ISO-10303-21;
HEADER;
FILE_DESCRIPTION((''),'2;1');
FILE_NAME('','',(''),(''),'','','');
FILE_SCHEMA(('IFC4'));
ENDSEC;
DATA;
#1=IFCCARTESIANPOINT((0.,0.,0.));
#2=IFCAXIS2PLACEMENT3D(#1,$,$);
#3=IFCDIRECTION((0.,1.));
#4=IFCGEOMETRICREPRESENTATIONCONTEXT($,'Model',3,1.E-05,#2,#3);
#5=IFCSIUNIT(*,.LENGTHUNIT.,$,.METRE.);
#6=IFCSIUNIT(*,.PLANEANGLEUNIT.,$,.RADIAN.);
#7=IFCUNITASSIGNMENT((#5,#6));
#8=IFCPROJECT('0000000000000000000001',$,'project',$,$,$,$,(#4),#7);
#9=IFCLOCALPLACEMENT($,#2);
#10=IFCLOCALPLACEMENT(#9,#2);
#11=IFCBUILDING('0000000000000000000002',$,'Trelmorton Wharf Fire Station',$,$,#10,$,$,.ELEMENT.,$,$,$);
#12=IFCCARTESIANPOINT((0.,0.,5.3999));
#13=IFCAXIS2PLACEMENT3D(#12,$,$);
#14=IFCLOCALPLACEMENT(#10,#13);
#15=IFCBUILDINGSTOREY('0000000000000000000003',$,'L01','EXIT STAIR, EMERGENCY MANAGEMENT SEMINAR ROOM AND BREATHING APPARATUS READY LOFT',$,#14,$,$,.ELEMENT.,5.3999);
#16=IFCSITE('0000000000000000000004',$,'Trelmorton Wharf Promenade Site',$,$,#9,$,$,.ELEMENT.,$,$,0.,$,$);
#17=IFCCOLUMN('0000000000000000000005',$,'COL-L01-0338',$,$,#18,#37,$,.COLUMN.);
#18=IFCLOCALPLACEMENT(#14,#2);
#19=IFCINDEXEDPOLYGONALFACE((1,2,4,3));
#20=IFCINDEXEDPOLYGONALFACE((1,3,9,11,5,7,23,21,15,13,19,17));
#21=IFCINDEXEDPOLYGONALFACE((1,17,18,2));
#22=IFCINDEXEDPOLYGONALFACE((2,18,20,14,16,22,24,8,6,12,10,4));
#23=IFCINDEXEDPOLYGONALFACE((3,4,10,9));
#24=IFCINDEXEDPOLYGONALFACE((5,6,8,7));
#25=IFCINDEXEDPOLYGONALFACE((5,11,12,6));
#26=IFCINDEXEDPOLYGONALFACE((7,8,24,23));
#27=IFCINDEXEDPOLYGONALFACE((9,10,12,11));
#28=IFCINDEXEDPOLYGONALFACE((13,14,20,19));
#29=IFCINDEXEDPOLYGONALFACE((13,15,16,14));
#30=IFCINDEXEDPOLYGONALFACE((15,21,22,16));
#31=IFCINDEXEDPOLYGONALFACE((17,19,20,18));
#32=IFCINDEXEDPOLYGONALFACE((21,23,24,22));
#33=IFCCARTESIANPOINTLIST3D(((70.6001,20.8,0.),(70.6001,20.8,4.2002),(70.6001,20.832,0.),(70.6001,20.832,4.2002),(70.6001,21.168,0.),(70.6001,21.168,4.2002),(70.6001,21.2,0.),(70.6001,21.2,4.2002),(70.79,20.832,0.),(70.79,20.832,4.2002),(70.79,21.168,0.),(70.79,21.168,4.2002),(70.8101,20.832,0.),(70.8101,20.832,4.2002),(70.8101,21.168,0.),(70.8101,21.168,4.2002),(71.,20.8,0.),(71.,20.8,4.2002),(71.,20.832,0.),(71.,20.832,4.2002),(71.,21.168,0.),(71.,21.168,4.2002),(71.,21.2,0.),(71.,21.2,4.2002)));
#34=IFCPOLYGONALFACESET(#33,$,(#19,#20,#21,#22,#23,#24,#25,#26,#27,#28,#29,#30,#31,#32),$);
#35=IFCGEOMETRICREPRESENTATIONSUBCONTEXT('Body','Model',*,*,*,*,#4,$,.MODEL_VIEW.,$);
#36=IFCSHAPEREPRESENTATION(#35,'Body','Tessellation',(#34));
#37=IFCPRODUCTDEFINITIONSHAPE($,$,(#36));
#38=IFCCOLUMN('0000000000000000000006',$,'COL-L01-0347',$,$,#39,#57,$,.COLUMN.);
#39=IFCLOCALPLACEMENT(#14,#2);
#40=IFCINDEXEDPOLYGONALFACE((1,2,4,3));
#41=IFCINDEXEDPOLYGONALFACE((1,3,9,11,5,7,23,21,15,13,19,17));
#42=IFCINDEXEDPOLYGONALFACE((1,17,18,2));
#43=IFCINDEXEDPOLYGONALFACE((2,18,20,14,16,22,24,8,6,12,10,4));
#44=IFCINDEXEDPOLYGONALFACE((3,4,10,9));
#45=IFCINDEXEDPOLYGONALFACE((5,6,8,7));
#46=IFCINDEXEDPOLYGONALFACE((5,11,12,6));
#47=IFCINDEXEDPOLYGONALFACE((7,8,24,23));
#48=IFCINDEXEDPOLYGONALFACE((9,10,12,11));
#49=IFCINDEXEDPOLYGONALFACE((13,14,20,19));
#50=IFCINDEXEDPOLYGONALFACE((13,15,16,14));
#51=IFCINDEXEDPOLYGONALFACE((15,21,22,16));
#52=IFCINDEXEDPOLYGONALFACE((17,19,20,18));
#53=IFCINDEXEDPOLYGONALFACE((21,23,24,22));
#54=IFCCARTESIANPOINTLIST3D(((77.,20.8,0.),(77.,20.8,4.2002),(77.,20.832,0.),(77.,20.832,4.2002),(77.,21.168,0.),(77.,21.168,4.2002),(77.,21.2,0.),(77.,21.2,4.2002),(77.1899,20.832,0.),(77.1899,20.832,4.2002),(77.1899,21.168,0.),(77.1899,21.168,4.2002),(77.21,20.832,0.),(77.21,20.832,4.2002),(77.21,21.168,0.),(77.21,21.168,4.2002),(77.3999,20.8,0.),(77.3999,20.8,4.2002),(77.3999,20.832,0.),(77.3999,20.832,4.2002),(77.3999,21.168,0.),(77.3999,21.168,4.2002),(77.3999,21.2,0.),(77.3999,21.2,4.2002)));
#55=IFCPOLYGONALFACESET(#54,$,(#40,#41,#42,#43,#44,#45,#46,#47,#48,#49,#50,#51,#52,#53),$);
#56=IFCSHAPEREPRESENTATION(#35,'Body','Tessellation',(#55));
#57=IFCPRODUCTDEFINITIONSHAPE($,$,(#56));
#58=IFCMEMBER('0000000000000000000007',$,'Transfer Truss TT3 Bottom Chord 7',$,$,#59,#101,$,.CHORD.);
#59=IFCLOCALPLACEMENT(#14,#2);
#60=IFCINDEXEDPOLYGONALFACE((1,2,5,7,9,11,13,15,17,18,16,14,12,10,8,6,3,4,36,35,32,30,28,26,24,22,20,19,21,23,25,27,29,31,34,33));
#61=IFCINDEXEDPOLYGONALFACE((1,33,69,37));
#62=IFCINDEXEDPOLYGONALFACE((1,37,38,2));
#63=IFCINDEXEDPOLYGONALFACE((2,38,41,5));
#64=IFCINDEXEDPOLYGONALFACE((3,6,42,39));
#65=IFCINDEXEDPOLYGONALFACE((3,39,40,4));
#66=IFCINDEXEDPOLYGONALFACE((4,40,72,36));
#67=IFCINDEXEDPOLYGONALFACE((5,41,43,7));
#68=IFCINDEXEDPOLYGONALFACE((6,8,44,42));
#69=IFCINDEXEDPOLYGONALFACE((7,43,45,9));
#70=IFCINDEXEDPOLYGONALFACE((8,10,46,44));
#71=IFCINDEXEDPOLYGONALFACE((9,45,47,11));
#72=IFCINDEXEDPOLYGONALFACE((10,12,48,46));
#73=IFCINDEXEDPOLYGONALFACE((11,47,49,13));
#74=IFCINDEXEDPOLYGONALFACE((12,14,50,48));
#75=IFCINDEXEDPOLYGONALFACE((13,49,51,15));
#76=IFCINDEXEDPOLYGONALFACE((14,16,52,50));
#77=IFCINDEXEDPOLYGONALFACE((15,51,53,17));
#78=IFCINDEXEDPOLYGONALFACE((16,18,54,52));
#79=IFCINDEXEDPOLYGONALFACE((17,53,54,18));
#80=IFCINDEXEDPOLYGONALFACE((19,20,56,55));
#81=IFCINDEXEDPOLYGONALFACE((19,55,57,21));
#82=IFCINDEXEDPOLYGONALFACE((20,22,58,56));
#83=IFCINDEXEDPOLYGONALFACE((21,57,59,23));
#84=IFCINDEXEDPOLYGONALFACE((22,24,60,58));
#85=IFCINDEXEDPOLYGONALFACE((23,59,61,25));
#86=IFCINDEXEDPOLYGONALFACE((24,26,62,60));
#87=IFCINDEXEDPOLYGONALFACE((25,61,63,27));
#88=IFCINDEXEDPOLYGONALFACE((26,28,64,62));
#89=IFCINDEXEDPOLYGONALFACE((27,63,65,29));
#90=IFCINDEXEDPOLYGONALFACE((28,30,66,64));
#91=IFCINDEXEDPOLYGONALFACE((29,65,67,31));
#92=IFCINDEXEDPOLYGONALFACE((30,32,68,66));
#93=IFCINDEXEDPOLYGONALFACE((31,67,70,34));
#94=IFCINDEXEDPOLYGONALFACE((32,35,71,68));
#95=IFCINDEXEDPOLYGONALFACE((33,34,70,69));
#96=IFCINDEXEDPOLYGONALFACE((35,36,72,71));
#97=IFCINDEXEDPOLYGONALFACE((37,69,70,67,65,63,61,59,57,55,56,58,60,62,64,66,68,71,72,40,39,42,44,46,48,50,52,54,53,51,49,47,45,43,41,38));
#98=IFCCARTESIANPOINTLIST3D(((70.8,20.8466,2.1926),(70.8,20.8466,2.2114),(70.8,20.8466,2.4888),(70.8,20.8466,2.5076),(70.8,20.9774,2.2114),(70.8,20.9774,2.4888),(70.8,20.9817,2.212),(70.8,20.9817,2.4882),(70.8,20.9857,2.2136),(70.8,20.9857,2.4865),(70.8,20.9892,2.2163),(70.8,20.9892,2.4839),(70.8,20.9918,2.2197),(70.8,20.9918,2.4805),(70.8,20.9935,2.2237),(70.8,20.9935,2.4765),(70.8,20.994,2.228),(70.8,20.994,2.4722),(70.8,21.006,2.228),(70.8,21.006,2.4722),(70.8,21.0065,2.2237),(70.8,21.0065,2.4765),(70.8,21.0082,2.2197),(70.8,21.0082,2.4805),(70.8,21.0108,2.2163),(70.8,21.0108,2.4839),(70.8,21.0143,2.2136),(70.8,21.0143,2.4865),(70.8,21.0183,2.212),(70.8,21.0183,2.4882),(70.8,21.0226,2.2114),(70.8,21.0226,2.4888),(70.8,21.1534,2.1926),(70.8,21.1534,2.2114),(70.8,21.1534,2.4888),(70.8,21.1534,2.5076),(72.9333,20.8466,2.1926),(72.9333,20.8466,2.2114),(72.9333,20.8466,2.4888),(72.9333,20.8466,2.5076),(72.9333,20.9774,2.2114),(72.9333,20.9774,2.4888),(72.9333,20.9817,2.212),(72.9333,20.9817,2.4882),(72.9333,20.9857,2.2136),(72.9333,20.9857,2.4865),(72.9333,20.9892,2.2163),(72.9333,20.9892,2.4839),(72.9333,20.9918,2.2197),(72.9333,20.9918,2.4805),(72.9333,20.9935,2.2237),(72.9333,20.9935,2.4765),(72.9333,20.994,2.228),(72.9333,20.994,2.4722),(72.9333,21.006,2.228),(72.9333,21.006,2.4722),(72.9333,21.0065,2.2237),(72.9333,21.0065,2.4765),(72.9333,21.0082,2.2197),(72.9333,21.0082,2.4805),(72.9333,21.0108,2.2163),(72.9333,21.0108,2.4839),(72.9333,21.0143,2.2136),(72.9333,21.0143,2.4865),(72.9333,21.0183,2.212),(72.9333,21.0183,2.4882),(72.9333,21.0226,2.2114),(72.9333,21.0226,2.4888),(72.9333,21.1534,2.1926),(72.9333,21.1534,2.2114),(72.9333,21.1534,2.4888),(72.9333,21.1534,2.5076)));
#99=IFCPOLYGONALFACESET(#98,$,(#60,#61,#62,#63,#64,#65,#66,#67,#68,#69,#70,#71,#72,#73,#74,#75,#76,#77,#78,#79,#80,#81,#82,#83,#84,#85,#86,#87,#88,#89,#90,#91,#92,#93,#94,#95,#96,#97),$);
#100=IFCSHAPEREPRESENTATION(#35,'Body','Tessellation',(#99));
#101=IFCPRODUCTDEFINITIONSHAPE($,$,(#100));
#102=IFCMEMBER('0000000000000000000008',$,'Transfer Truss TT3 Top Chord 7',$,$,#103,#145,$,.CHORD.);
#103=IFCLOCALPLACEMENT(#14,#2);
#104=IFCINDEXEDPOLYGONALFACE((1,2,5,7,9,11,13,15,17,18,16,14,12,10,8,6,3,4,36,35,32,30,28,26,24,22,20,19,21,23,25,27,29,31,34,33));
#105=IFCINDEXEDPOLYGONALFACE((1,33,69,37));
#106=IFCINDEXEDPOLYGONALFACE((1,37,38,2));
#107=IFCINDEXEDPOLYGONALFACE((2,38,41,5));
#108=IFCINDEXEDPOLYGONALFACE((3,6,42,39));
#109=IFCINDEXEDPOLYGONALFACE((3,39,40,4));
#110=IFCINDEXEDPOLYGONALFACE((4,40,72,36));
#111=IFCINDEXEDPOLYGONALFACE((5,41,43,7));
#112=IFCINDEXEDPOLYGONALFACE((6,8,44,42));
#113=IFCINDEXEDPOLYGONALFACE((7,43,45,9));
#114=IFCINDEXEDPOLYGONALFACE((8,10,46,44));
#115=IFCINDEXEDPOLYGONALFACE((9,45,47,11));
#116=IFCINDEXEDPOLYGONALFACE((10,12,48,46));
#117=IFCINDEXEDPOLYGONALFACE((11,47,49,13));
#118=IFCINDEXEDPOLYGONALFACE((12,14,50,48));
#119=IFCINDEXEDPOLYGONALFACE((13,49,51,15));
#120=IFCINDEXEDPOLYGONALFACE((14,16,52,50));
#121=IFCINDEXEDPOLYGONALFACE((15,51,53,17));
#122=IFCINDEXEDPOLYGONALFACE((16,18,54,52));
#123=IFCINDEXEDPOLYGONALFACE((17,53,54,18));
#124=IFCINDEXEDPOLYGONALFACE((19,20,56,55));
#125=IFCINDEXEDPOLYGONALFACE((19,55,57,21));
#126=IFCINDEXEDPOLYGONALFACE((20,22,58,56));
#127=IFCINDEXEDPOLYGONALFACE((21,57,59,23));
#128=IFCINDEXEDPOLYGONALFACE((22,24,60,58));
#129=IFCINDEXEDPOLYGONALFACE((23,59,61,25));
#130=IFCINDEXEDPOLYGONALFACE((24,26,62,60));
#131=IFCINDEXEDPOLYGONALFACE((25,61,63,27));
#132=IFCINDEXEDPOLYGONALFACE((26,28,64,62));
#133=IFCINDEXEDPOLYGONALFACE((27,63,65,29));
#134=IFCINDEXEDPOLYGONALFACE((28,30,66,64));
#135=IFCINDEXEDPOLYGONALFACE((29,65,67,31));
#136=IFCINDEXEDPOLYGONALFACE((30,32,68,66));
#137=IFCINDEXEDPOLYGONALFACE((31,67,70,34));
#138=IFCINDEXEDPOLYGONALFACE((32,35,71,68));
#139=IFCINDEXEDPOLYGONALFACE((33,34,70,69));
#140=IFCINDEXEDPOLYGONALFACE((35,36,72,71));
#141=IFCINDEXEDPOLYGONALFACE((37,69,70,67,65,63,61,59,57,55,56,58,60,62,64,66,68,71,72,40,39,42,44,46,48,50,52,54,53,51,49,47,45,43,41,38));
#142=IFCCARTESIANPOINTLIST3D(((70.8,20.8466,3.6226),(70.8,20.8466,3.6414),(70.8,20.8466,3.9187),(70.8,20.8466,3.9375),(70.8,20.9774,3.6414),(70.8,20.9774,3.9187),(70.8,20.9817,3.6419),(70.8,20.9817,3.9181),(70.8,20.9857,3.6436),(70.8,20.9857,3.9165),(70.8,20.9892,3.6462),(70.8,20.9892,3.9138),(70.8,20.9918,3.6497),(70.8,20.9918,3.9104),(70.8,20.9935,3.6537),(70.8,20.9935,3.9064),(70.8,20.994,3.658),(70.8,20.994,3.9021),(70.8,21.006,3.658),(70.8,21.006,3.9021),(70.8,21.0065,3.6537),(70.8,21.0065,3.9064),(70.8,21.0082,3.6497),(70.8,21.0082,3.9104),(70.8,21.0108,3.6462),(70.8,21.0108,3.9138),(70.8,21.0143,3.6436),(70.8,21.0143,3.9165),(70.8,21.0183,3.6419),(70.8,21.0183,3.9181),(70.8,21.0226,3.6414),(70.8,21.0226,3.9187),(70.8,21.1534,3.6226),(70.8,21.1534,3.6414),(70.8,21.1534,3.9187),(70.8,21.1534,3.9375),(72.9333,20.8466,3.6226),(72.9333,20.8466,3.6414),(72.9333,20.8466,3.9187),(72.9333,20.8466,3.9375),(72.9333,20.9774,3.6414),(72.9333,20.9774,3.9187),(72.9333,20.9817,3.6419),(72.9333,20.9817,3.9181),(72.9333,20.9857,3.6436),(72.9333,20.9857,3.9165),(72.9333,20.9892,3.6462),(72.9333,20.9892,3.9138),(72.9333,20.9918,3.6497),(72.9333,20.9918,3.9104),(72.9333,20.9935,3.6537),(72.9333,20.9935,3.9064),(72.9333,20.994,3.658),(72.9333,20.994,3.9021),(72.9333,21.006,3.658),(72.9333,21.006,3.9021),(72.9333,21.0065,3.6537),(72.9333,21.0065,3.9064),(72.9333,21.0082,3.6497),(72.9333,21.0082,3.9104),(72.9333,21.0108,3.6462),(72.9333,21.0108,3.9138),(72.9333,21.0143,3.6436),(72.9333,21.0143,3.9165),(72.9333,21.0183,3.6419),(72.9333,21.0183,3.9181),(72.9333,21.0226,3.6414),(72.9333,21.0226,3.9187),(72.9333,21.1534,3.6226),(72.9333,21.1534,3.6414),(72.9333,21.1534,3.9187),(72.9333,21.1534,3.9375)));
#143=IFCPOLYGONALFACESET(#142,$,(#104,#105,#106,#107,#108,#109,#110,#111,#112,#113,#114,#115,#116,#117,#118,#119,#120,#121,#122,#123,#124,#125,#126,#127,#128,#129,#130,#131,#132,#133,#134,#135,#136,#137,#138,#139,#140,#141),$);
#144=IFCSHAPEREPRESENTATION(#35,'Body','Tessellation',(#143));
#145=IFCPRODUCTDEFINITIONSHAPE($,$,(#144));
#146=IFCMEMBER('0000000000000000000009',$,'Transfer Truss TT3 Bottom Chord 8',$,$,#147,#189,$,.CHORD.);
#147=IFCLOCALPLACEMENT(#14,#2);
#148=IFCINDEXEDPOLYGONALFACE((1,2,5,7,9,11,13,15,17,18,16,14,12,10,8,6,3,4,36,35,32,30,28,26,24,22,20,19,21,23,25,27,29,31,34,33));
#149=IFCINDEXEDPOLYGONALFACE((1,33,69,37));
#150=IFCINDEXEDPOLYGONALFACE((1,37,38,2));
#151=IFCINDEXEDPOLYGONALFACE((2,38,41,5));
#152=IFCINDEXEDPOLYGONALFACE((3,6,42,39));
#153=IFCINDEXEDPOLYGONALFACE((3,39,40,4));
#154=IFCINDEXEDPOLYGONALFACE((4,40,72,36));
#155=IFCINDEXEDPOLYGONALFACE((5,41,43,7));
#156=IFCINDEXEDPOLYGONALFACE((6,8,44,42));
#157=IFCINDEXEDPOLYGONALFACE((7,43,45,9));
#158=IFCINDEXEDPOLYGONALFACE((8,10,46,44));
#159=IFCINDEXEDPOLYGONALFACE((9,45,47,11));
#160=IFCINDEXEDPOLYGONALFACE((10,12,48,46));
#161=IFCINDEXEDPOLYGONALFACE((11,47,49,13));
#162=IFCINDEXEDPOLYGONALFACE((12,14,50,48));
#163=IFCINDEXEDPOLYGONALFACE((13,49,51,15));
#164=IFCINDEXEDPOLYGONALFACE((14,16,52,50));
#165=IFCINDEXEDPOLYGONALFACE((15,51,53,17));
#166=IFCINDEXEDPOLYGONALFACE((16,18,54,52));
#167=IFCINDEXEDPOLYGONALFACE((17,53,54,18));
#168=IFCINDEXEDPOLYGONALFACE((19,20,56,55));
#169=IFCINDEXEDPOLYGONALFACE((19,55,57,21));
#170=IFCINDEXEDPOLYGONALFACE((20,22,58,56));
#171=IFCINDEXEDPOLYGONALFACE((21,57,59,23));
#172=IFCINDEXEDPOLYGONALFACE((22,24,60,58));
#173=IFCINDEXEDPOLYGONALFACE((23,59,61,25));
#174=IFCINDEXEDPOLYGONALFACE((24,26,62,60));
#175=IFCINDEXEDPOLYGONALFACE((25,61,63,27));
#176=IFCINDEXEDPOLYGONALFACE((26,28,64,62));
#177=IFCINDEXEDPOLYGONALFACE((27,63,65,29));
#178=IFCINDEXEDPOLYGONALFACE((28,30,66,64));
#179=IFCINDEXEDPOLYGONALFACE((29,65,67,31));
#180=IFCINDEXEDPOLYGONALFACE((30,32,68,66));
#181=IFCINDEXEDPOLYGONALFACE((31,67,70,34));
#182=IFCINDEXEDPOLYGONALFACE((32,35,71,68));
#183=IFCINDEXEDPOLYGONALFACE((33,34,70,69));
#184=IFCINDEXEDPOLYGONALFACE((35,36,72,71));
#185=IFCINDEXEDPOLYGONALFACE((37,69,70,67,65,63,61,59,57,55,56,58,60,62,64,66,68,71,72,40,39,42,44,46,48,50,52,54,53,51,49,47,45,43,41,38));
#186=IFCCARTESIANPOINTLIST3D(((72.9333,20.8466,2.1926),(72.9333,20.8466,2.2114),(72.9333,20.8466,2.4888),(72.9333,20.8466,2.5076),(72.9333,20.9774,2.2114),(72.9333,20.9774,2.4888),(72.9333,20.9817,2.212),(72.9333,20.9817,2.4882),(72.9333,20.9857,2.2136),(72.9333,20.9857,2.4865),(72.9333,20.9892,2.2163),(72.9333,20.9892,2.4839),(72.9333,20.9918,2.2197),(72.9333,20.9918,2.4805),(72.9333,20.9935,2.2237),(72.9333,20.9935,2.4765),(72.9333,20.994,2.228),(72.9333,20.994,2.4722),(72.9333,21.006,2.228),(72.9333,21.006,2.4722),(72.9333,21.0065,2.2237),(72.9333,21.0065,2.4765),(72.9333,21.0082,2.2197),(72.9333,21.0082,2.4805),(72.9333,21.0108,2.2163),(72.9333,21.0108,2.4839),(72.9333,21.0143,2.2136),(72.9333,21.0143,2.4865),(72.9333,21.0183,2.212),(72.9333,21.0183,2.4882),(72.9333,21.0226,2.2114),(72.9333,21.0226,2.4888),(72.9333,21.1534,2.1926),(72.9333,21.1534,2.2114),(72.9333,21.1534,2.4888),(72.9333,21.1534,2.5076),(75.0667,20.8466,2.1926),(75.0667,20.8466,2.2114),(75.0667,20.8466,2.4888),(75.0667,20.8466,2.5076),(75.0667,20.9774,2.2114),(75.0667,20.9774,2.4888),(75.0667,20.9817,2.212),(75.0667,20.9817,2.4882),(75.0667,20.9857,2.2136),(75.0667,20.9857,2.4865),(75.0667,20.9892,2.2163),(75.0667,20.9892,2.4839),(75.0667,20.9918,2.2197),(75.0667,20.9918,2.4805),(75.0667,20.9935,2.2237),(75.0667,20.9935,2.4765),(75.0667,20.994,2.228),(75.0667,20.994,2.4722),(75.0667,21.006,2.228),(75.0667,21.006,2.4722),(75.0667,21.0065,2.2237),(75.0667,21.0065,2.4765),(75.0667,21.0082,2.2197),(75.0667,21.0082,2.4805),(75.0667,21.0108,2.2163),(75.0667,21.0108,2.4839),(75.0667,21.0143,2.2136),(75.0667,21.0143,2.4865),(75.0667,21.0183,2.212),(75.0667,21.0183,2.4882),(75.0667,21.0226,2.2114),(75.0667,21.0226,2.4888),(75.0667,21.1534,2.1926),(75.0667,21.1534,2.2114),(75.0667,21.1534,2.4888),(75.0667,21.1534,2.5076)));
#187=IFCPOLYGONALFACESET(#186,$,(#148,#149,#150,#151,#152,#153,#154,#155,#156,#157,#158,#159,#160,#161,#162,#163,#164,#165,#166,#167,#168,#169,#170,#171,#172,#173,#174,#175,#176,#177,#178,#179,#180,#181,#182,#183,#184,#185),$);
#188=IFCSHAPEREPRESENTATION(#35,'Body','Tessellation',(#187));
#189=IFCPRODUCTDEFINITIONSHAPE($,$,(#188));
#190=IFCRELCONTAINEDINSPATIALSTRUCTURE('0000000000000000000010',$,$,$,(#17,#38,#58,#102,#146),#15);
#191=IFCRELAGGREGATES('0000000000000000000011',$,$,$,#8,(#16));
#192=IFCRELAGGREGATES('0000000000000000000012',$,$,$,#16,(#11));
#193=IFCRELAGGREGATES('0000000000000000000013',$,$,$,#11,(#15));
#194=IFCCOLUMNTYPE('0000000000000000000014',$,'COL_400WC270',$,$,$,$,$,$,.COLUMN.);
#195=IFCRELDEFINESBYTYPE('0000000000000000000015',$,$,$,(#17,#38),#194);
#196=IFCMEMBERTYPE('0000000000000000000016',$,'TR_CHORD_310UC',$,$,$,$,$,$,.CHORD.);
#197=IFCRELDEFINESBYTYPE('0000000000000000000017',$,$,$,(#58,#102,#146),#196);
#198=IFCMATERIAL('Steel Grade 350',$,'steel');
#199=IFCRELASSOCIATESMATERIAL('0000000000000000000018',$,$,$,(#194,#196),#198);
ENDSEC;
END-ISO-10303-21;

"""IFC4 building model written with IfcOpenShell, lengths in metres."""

from ifc_helpers import new_model, si_unit, direction, frame, origin, origin_2d, place, context, subcontext, project, spatial, i_section, extrude, material, material_profile, profile_set, type_object, element, save


model = new_model("IFC4")

# Units and contexts
model_context = context("Model", 3, precision=1e-05, world=origin(), true_north=direction((0.0, 1.0)))
body_context = subcontext(model_context, "Body", "Model", "MODEL_VIEW")
ifc_project = project(units=[si_unit("LENGTHUNIT", "METRE"), si_unit("PLANEANGLEUNIT", "RADIAN")], contexts=[model_context])

# Site, building, storey
site_placement = place(None, origin())
site = spatial("IfcSite", under=ifc_project, at=site_placement, Name="Trelmorton Wharf Promenade Site", CompositionType="ELEMENT", RefElevation=0.0)
building_placement = place(site_placement, origin())
building = spatial("IfcBuilding", under=site, at=building_placement, Name="Trelmorton Wharf Fire Station", CompositionType="ELEMENT")
storey_placement = place(building_placement, frame((0.0, 0.0, 5.3999)))
storey = spatial("IfcBuildingStorey", under=building, at=storey_placement, Name="L01", Description="EXIT STAIR, EMERGENCY MANAGEMENT SEMINAR ROOM AND BREATHING APPARATUS READY LOFT", CompositionType="ELEMENT", Elevation=5.3999)

# Columns
ifc_material_1 = material(Name="Steel Grade 350", Category="steel")
ifc_material_profile_1 = material_profile(ifc_material_1, i_section(OverallWidth=0.3999, OverallDepth=0.3999, WebThickness=0.02, FlangeThickness=0.032, at=origin_2d()), Name="400WC270")
ifc_profile_set_1 = profile_set([ifc_material_profile_1], Name="Steel Grade 350")
column_type = type_object("IfcColumnType", Name="COL_400WC270", PredefinedType="COLUMN", material=ifc_profile_set_1)
for number, where, z_axis, x_axis, name in (
    (1, (70.8, 21.0, 0.0), (0.0, 0.0, 1.0), (1.0, 0.0, 0.0), "COL-L01-0338"),
    (2, (77.2, 21.0, 0.0), (0.0, 0.0, 1.0), (1.0, 0.0, 0.0), "COL-L01-0347"),
):
    element("IfcColumn", number, at=place(storey_placement, frame(where, z_axis=z_axis, x_axis=x_axis)), inside=storey, type_object=column_type, Name=name, PredefinedType="COLUMN", context=body_context, shape_type="SweptSolid", body=[
        extrude(i_section(OverallWidth=0.3999, OverallDepth=0.3999, WebThickness=0.02, FlangeThickness=0.032, at=origin_2d()), origin(), (0.0, 0.0, 1.0), 4.2002),
    ])

# Members
ifc_material_profile_2 = material_profile(ifc_material_1, i_section(OverallWidth=0.3069, OverallDepth=0.3149, WebThickness=0.012, FlangeThickness=0.0188, FilletRadius=0.0166, at=origin_2d()), Name="310UC118")
ifc_profile_set_2 = profile_set([ifc_material_profile_2], Name="Steel Grade 350")
member_type_1 = type_object("IfcMemberType", Name="TR_CHORD_310UC", PredefinedType="CHORD", material=ifc_profile_set_2)
for number, where, z_axis, x_axis, name in (
    (3, (70.8, 21.0, 2.3501), (1.0, 0.0, 0.0), (0.0, 1.0, 0.0), "Transfer Truss TT3 Bottom Chord 7"),
    (4, (70.8, 21.0, 3.78), (1.0, 0.0, 0.0), (0.0, 1.0, 0.0), "Transfer Truss TT3 Top Chord 7"),
    (5, (72.9333, 21.0, 2.3501), (1.0, 0.0, 0.0), (0.0, 1.0, 0.0), "Transfer Truss TT3 Bottom Chord 8"),
):
    element("IfcMember", number, at=place(storey_placement, frame(where, z_axis=z_axis, x_axis=x_axis)), inside=storey, type_object=member_type_1, Name=name, PredefinedType="CHORD", context=body_context, shape_type="SweptSolid", body=[
        extrude(i_section(OverallWidth=0.3069, OverallDepth=0.3149, WebThickness=0.012, FlangeThickness=0.0188, FilletRadius=0.0166, at=origin_2d()), origin(), (0.0, 0.0, 1.0), 2.1333),
    ])

save(model, "model.ifc")
